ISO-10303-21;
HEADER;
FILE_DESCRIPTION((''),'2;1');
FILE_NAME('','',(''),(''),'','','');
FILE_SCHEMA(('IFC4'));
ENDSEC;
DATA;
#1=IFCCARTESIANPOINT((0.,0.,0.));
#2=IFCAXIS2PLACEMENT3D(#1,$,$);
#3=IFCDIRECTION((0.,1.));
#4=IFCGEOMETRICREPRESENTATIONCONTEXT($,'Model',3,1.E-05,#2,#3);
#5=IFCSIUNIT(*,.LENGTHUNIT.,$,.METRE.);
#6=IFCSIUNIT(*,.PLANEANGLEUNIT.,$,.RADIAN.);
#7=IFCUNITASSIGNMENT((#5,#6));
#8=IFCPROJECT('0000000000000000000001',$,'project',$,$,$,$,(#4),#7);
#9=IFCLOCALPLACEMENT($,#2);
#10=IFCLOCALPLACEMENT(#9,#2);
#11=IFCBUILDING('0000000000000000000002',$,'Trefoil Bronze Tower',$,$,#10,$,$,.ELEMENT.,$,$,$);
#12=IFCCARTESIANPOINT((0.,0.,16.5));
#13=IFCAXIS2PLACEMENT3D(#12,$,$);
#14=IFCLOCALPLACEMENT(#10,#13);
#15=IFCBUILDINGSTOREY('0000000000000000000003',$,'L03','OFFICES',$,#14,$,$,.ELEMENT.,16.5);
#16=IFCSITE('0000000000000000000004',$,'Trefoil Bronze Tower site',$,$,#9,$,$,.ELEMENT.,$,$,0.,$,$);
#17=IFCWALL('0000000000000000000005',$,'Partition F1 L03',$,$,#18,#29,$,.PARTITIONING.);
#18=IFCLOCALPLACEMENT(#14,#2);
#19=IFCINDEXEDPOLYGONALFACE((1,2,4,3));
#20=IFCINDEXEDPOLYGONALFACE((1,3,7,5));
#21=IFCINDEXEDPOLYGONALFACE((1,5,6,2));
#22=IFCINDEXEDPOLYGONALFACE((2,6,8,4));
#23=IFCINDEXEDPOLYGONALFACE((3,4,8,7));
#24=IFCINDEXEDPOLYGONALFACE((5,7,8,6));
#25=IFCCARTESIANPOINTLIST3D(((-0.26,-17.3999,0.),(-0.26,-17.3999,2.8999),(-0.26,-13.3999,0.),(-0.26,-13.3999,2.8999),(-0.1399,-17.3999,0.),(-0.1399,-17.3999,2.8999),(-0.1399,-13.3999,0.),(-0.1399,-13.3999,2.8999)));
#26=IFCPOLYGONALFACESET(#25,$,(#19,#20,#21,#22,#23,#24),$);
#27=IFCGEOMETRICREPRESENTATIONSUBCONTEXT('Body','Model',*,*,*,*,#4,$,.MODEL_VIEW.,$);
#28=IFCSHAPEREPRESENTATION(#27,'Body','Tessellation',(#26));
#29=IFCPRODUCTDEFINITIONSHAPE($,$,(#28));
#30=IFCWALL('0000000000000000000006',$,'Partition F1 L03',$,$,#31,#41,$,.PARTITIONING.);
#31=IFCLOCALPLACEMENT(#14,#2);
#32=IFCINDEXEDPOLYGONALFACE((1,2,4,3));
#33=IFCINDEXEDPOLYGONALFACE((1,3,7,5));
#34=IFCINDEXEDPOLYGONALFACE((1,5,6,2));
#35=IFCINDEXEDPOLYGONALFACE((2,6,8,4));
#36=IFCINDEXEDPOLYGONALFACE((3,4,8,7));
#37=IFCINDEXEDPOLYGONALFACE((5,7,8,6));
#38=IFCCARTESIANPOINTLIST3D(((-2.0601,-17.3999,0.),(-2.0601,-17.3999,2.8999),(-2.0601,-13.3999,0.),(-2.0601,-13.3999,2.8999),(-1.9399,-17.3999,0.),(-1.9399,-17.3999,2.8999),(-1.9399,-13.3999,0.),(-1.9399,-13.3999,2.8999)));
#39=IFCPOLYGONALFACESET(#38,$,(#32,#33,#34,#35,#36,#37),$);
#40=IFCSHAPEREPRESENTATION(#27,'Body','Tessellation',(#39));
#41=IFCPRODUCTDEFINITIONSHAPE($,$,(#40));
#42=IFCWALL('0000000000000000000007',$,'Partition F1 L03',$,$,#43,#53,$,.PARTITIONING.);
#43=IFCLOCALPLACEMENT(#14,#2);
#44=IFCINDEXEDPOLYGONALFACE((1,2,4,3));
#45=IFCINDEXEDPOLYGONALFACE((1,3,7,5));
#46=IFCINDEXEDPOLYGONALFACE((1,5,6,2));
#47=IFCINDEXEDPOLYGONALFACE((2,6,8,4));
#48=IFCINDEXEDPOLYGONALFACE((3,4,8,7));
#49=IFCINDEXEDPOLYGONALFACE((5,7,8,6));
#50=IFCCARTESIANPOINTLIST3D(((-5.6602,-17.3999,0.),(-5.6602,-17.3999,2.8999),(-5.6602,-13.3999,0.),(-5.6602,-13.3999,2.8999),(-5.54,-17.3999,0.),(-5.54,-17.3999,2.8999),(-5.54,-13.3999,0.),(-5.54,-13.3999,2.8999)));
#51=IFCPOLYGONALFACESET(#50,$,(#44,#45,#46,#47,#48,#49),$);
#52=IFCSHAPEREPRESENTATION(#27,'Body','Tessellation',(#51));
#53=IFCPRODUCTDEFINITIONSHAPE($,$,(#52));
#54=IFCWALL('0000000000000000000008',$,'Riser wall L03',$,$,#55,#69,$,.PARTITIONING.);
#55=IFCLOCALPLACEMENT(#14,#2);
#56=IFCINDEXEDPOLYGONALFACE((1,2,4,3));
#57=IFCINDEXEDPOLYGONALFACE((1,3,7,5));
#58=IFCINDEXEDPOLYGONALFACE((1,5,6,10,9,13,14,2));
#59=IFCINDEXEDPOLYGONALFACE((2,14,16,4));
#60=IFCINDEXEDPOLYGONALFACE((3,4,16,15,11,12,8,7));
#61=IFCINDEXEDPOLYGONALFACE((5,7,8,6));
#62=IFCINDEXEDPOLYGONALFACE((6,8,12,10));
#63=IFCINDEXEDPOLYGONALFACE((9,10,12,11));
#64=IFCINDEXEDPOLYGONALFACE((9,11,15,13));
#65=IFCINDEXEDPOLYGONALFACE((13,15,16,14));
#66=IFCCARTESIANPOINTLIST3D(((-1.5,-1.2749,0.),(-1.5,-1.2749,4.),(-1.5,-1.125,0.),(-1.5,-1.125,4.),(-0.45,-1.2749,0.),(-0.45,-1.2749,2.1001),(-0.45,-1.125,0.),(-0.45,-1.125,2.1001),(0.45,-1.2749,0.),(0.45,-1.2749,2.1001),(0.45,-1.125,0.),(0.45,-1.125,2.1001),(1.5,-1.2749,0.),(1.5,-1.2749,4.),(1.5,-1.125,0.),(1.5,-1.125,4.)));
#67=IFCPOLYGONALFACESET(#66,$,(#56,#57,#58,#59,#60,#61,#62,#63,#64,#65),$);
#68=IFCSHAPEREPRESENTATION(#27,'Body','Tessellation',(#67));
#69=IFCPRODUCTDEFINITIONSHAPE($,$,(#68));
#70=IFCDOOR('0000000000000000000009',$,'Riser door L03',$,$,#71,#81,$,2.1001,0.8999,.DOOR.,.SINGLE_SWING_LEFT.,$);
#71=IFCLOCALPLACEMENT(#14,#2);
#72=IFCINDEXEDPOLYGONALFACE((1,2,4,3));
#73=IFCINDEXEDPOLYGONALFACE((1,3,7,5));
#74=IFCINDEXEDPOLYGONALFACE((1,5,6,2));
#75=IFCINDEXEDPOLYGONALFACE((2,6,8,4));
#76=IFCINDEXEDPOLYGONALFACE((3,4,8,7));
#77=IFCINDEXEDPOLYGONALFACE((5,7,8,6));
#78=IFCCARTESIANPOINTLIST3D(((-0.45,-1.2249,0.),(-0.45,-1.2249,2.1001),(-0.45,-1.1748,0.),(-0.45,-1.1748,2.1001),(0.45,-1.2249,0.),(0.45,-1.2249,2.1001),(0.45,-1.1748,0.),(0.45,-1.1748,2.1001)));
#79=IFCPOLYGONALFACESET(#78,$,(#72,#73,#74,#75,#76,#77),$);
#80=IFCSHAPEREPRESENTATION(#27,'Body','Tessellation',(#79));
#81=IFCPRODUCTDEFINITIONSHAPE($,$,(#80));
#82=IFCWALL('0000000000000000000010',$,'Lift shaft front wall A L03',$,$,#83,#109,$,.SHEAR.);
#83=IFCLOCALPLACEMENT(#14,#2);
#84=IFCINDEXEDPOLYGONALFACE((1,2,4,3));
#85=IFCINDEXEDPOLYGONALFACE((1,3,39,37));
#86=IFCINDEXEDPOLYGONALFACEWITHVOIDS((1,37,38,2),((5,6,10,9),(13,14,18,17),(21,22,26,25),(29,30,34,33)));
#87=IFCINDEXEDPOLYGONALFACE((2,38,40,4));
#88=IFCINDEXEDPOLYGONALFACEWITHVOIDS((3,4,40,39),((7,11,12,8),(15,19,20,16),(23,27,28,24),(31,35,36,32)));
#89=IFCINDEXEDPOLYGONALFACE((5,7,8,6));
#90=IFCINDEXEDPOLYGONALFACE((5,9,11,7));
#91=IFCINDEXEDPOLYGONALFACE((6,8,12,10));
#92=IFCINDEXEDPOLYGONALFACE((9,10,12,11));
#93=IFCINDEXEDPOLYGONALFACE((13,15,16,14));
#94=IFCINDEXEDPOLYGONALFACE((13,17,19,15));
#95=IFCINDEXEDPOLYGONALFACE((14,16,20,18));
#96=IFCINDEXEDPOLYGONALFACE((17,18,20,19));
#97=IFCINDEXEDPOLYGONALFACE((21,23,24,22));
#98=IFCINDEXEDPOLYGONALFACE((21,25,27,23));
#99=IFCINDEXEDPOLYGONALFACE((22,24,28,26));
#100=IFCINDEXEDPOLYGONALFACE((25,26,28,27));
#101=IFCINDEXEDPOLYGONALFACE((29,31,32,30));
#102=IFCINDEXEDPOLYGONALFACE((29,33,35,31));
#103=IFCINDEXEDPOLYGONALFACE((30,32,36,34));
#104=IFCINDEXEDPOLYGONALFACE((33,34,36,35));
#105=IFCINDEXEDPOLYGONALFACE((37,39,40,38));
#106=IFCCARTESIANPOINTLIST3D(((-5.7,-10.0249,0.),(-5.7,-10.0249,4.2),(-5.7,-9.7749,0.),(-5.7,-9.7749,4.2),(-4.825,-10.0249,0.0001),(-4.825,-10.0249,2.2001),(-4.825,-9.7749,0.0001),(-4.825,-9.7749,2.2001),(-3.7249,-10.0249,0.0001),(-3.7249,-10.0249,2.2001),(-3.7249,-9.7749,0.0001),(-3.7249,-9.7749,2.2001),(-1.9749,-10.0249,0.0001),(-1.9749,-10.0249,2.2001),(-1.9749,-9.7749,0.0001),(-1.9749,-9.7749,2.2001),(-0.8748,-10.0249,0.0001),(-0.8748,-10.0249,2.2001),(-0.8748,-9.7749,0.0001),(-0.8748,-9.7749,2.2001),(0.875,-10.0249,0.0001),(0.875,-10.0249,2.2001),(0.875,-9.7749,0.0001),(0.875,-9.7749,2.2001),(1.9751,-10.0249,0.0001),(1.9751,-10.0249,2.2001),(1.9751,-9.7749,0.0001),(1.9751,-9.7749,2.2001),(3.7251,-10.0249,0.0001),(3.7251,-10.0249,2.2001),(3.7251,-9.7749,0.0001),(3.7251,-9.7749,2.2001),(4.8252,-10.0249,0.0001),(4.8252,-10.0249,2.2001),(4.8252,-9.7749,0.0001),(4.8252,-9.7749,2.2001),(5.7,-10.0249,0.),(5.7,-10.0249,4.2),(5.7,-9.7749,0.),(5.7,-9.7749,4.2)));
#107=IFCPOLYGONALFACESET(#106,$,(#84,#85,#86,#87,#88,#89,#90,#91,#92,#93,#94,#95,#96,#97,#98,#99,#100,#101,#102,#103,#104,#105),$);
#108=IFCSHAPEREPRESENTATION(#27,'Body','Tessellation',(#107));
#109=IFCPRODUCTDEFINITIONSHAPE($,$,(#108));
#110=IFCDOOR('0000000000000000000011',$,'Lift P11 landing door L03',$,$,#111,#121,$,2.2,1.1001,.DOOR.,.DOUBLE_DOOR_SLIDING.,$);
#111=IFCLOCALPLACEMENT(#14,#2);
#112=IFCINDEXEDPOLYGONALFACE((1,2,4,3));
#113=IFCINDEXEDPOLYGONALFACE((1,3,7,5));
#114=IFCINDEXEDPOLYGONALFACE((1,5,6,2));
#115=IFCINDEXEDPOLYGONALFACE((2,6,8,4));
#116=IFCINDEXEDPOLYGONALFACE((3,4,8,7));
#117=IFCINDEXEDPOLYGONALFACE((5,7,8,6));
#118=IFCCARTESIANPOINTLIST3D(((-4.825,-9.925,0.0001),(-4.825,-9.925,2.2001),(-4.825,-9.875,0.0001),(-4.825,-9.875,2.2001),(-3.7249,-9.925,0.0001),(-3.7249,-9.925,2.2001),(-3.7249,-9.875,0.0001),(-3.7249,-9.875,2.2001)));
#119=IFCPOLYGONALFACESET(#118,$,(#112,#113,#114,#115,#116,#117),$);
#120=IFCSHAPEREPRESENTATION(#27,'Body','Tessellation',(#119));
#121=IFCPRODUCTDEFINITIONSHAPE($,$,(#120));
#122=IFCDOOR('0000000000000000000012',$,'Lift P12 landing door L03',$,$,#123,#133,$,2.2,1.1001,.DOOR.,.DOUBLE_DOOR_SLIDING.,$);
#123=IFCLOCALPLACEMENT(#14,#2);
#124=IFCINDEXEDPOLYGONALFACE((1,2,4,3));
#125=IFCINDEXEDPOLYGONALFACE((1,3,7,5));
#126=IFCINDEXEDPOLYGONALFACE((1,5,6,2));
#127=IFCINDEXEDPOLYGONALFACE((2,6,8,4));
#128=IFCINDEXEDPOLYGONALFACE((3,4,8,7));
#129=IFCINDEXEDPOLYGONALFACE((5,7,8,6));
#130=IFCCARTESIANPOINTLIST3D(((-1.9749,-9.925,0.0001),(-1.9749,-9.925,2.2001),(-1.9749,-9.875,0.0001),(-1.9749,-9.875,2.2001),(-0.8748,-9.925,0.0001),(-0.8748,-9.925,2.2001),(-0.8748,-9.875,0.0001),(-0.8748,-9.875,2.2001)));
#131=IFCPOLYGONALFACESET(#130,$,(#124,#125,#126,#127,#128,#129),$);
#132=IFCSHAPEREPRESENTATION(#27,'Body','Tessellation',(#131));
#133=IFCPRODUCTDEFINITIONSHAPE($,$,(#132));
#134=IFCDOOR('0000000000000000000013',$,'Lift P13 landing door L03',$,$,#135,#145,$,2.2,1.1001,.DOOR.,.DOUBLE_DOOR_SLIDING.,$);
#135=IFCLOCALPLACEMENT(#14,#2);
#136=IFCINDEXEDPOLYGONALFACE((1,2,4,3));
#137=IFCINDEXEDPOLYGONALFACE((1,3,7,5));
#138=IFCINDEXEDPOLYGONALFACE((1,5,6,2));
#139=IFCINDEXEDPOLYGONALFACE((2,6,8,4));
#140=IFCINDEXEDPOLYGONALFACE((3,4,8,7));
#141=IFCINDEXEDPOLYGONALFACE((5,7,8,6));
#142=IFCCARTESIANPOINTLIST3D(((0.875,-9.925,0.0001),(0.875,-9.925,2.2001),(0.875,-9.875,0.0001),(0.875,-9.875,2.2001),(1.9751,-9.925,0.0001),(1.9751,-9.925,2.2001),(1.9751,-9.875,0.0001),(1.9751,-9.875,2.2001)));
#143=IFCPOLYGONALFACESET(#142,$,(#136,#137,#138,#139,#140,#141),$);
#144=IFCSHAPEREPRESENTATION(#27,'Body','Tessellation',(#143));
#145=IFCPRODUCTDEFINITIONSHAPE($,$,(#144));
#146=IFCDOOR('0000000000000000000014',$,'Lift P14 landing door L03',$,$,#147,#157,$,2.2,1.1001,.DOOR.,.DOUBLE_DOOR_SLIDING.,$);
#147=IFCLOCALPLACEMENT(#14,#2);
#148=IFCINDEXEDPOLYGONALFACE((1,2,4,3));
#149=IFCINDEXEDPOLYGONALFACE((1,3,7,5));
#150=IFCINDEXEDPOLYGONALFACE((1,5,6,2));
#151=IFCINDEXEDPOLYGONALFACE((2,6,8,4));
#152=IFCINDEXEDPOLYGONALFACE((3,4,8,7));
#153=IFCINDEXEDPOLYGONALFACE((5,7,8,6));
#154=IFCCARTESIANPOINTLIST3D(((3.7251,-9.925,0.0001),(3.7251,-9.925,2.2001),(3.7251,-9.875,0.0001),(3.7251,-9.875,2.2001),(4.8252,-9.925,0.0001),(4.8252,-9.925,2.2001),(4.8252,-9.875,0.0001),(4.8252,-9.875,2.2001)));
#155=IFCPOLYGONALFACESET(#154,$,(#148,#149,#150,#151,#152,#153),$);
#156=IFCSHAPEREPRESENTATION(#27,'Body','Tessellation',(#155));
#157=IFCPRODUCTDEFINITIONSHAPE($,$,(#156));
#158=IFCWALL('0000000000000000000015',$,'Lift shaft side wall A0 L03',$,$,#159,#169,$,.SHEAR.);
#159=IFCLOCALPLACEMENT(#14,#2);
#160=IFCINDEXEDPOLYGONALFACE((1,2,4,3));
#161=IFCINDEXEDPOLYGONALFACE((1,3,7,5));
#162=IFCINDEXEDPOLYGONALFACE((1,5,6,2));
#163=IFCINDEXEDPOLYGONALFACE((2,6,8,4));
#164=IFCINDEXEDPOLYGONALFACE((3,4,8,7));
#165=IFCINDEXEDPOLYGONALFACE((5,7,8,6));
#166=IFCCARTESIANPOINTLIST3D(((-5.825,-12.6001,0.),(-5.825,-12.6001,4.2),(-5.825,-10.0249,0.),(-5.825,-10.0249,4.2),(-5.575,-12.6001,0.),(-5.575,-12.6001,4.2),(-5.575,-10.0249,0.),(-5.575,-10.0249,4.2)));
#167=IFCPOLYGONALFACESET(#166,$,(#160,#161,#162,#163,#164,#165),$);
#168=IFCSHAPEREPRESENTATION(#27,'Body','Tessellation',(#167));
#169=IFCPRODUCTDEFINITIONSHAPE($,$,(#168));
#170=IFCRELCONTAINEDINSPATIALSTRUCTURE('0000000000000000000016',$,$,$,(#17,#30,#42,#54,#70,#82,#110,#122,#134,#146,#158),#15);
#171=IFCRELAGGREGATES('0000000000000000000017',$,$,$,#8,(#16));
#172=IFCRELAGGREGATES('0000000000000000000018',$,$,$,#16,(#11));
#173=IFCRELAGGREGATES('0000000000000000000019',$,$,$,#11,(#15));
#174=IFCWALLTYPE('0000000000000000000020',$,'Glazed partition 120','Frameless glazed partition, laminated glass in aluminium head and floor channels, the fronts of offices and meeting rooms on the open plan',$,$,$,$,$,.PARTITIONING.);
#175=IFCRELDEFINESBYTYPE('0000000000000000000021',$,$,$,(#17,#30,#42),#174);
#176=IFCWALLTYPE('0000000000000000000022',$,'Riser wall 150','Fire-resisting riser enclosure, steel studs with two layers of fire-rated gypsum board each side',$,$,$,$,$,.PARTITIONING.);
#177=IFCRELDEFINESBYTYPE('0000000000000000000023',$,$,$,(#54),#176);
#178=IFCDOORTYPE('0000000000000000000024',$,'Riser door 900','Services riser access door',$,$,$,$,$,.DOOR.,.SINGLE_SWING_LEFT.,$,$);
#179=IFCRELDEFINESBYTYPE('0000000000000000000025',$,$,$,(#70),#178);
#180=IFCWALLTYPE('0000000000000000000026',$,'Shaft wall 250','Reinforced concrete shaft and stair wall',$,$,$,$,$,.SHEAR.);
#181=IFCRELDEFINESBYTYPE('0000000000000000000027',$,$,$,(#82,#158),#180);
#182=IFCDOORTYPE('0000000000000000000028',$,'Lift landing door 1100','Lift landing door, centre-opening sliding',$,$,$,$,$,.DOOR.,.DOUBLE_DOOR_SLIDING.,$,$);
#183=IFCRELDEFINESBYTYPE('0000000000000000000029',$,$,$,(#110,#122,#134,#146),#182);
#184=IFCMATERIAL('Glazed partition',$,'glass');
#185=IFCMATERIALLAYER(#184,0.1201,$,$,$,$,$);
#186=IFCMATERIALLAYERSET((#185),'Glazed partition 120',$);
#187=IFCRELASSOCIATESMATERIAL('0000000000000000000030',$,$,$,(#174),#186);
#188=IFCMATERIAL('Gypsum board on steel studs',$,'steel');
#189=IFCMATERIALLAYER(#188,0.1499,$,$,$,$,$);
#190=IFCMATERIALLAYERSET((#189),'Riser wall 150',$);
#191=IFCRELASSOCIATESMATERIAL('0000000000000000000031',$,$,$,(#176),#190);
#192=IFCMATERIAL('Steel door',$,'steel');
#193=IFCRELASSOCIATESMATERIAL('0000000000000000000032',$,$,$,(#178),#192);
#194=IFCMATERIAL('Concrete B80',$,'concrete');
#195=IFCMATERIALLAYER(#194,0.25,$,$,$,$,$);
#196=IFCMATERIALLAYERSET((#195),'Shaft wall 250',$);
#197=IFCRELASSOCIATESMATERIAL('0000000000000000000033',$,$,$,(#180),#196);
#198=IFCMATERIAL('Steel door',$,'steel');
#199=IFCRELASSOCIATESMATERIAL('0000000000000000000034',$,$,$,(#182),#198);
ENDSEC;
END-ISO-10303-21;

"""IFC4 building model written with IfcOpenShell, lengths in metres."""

from ifc_helpers import new_model, si_unit, direction, frame, frame_2d, origin, place, context, subcontext, project, spatial, rectangle, extrude, material, layer, layer_set, type_object, element, fill, save


model = new_model("IFC4")

# Units and contexts
model_context = context("Model", 3, precision=1e-05, world=origin(), true_north=direction((0.0, 1.0)))
body_context = subcontext(model_context, "Body", "Model", "MODEL_VIEW")
ifc_project = project(units=[si_unit("LENGTHUNIT", "METRE"), si_unit("PLANEANGLEUNIT", "RADIAN")], contexts=[model_context])

# Site, building, storey
site_placement = place(None, origin())
site = spatial("IfcSite", under=ifc_project, at=site_placement, Name="Trefoil Bronze Tower site", CompositionType="ELEMENT", RefElevation=0.0)
building_placement = place(site_placement, origin())
building = spatial("IfcBuilding", under=site, at=building_placement, Name="Trefoil Bronze Tower", CompositionType="ELEMENT")
storey_placement = place(building_placement, frame((0.0, 0.0, 16.5)))
storey = spatial("IfcBuildingStorey", under=building, at=storey_placement, Name="L03", Description="OFFICES", CompositionType="ELEMENT", Elevation=16.5)

# Walls
ifc_material_1 = material(Name="Glazed partition", Category="glass")
ifc_layer_1 = layer(ifc_material_1, 0.1201)
ifc_layer_set_1 = layer_set([ifc_layer_1], Name="Glazed partition 120")
wall_type_1 = type_object("IfcWallType", Name="Glazed partition 120", Description="Frameless glazed partition, laminated glass in aluminium head and floor channels, the fronts of offices and meeting rooms on the open plan", PredefinedType="PARTITIONING", material=ifc_layer_set_1)
for number, where, z_axis, x_axis, name in (
    (1, (-0.2, -13.3999, 0.0), (0.0, 0.0, 1.0), (0.0, -1.0, 0.0), "Partition F1 L03"),
    (2, (-2.0, -13.3999, 0.0), (0.0, 0.0, 1.0), (0.0, -1.0, 0.0), "Partition F1 L03"),
    (3, (-5.6001, -13.3999, 0.0), (0.0, 0.0, 1.0), (0.0, -1.0, 0.0), "Partition F1 L03"),
):
    element("IfcWall", number, at=place(storey_placement, frame(where, z_axis=z_axis, x_axis=x_axis)), inside=storey, type_object=wall_type_1, Name=name, PredefinedType="PARTITIONING", context=body_context, shape_type="SweptSolid", body=[
        extrude(rectangle(XDim=4.0, YDim=0.1201, at=frame_2d((2.0, 0.0))), origin(), (0.0, 0.0, 1.0), 2.8999),
    ])

# Wall, opening, door
ifc_material_2 = material(Name="Gypsum board on steel studs", Category="steel")
ifc_layer_2 = layer(ifc_material_2, 0.1499)
ifc_layer_set_2 = layer_set([ifc_layer_2], Name="Riser wall 150")
wall_type_2 = type_object("IfcWallType", Name="Riser wall 150", Description="Fire-resisting riser enclosure, steel studs with two layers of fire-rated gypsum board each side", PredefinedType="PARTITIONING", material=ifc_layer_set_2)
wall_1_placement = place(storey_placement, frame((-1.5, -1.2, 0.0), z_axis=(0.0, 0.0, 1.0), x_axis=(1.0, 0.0, 0.0)))
wall_1 = element("IfcWall", 4, at=wall_1_placement, inside=storey, type_object=wall_type_2, Name="Riser wall L03", PredefinedType="PARTITIONING", context=body_context, shape_type="SweptSolid", body=[
    extrude(rectangle(XDim=3.0, YDim=0.1499, at=frame_2d((1.5, 0.0))), origin(), (0.0, 0.0, 1.0), 4.0),
])
opening_1_placement = place(wall_1_placement, frame((1.05, 0.0, 0.0)))
opening_1 = element("IfcOpeningElement", 5, at=opening_1_placement, cuts=wall_1, PredefinedType="OPENING", context=body_context, shape_type="SweptSolid", body=[
    extrude(rectangle(XDim=0.8999, YDim=2.1001, at=frame_2d((0.45, 1.05))), frame((0.0, 0.085, 0.0), z_axis=(0.0, -1.0, 0.0), x_axis=(1.0, 0.0, 0.0)), (0.0, 0.0, 1.0), 0.1699),
])
ifc_material_3 = material(Name="Steel door", Category="steel")
door_type_1 = type_object("IfcDoorType", Name="Riser door 900", Description="Services riser access door", OperationType="SINGLE_SWING_LEFT", PredefinedType="DOOR", material=ifc_material_3)
door_1_placement = place(opening_1_placement, frame((0.8999, 0.0, 0.0), z_axis=(0.0, 0.0, 1.0), x_axis=(-1.0, 0.0, 0.0)))
door_1 = element("IfcDoor", 6, at=door_1_placement, inside=storey, type_object=door_type_1, Name="Riser door L03", OperationType="SINGLE_SWING_LEFT", OverallHeight=2.1001, OverallWidth=0.8999, PredefinedType="DOOR", context=body_context, shape_type="SweptSolid", body=[
    extrude(rectangle(XDim=0.8999, YDim=2.1001, at=frame_2d((0.45, 1.05))), frame((0.0, 0.0249, 0.0), z_axis=(0.0, -1.0, 0.0), x_axis=(1.0, 0.0, 0.0)), (0.0, 0.0, 1.0), 0.05),
])
fill(opening_1, door_1)

# Wall, openings, doors
ifc_material_4 = material(Name="Concrete B80", Category="concrete")
ifc_layer_3 = layer(ifc_material_4, 0.25)
ifc_layer_set_3 = layer_set([ifc_layer_3], Name="Shaft wall 250")
wall_type_3 = type_object("IfcWallType", Name="Shaft wall 250", Description="Reinforced concrete shaft and stair wall", PredefinedType="SHEAR", material=ifc_layer_set_3)
wall_2_placement = place(storey_placement, frame((-5.7, -9.8999, 0.0), z_axis=(0.0, 0.0, 1.0), x_axis=(1.0, 0.0, 0.0)))
wall_2 = element("IfcWall", 7, at=wall_2_placement, inside=storey, type_object=wall_type_3, Name="Lift shaft front wall A L03", PredefinedType="SHEAR", context=body_context, shape_type="SweptSolid", body=[
    extrude(rectangle(XDim=11.3999, YDim=0.25, at=frame_2d((5.7, 0.0))), origin(), (0.0, 0.0, 1.0), 4.2),
])
opening_2_placement = place(wall_2_placement, frame((0.875, 0.0, 0.0)))
opening_2 = element("IfcOpeningElement", 8, at=opening_2_placement, cuts=wall_2, PredefinedType="OPENING", context=body_context, shape_type="SweptSolid", body=[
    extrude(rectangle(XDim=1.1001, YDim=2.2, at=frame_2d((0.55, 1.1001))), frame((0.0, 0.135, 0.0), z_axis=(0.0, -1.0, 0.0), x_axis=(1.0, 0.0, 0.0)), (0.0, 0.0, 1.0), 0.27),
])
opening_3_placement = place(wall_2_placement, frame((3.7251, 0.0, 0.0)))
opening_3 = element("IfcOpeningElement", 9, at=opening_3_placement, cuts=wall_2, PredefinedType="OPENING", context=body_context, shape_type="SweptSolid", body=[
    extrude(rectangle(XDim=1.1001, YDim=2.2, at=frame_2d((0.55, 1.1001))), frame((0.0, 0.135, 0.0), z_axis=(0.0, -1.0, 0.0), x_axis=(1.0, 0.0, 0.0)), (0.0, 0.0, 1.0), 0.27),
])
opening_4_placement = place(wall_2_placement, frame((6.575, 0.0, 0.0)))
opening_4 = element("IfcOpeningElement", 10, at=opening_4_placement, cuts=wall_2, PredefinedType="OPENING", context=body_context, shape_type="SweptSolid", body=[
    extrude(rectangle(XDim=1.1001, YDim=2.2, at=frame_2d((0.55, 1.1001))), frame((0.0, 0.135, 0.0), z_axis=(0.0, -1.0, 0.0), x_axis=(1.0, 0.0, 0.0)), (0.0, 0.0, 1.0), 0.27),
])
opening_5_placement = place(wall_2_placement, frame((9.425, 0.0, 0.0)))
opening_5 = element("IfcOpeningElement", 11, at=opening_5_placement, cuts=wall_2, PredefinedType="OPENING", context=body_context, shape_type="SweptSolid", body=[
    extrude(rectangle(XDim=1.1001, YDim=2.2, at=frame_2d((0.55, 1.1001))), frame((0.0, 0.135, 0.0), z_axis=(0.0, -1.0, 0.0), x_axis=(1.0, 0.0, 0.0)), (0.0, 0.0, 1.0), 0.27),
])
ifc_material_5 = material(Name="Steel door", Category="steel")
door_type_2 = type_object("IfcDoorType", Name="Lift landing door 1100", Description="Lift landing door, centre-opening sliding", OperationType="DOUBLE_DOOR_SLIDING", PredefinedType="DOOR", material=ifc_material_5)
door_2_placement = place(opening_2_placement, origin())
door_2 = element("IfcDoor", 12, at=door_2_placement, inside=storey, type_object=door_type_2, Name="Lift P11 landing door L03", OperationType="DOUBLE_DOOR_SLIDING", OverallHeight=2.2, OverallWidth=1.1001, PredefinedType="DOOR", context=body_context, shape_type="SweptSolid", body=[
    extrude(rectangle(XDim=1.1001, YDim=2.2, at=frame_2d((0.55, 1.1001))), frame((0.0, 0.0249, 0.0), z_axis=(0.0, -1.0, 0.0), x_axis=(1.0, 0.0, 0.0)), (0.0, 0.0, 1.0), 0.05),
])
fill(opening_2, door_2)
door_3_placement = place(opening_3_placement, origin())
door_3 = element("IfcDoor", 13, at=door_3_placement, inside=storey, type_object=door_type_2, Name="Lift P12 landing door L03", OperationType="DOUBLE_DOOR_SLIDING", OverallHeight=2.2, OverallWidth=1.1001, PredefinedType="DOOR", context=body_context, shape_type="SweptSolid", body=[
    extrude(rectangle(XDim=1.1001, YDim=2.2, at=frame_2d((0.55, 1.1001))), frame((0.0, 0.0249, 0.0), z_axis=(0.0, -1.0, 0.0), x_axis=(1.0, 0.0, 0.0)), (0.0, 0.0, 1.0), 0.05),
])
fill(opening_3, door_3)
door_4_placement = place(opening_4_placement, origin())
door_4 = element("IfcDoor", 14, at=door_4_placement, inside=storey, type_object=door_type_2, Name="Lift P13 landing door L03", OperationType="DOUBLE_DOOR_SLIDING", OverallHeight=2.2, OverallWidth=1.1001, PredefinedType="DOOR", context=body_context, shape_type="SweptSolid", body=[
    extrude(rectangle(XDim=1.1001, YDim=2.2, at=frame_2d((0.55, 1.1001))), frame((0.0, 0.0249, 0.0), z_axis=(0.0, -1.0, 0.0), x_axis=(1.0, 0.0, 0.0)), (0.0, 0.0, 1.0), 0.05),
])
fill(opening_4, door_4)
door_5_placement = place(opening_5_placement, origin())
door_5 = element("IfcDoor", 15, at=door_5_placement, inside=storey, type_object=door_type_2, Name="Lift P14 landing door L03", OperationType="DOUBLE_DOOR_SLIDING", OverallHeight=2.2, OverallWidth=1.1001, PredefinedType="DOOR", context=body_context, shape_type="SweptSolid", body=[
    extrude(rectangle(XDim=1.1001, YDim=2.2, at=frame_2d((0.55, 1.1001))), frame((0.0, 0.0249, 0.0), z_axis=(0.0, -1.0, 0.0), x_axis=(1.0, 0.0, 0.0)), (0.0, 0.0, 1.0), 0.05),
])
fill(opening_5, door_5)

# Wall
for number, where, z_axis, x_axis, name in (
    (16, (-5.7, -10.0249, 0.0), (0.0, 0.0, 1.0), (0.0, -1.0, 0.0), "Lift shaft side wall A0 L03"),
):
    element("IfcWall", number, at=place(storey_placement, frame(where, z_axis=z_axis, x_axis=x_axis)), inside=storey, type_object=wall_type_3, Name=name, PredefinedType="SHEAR", context=body_context, shape_type="SweptSolid", body=[
        extrude(rectangle(XDim=2.5752, YDim=0.25, at=frame_2d((1.2876, 0.0))), origin(), (0.0, 0.0, 1.0), 4.2),
    ])

save(model, "model.ifc")
